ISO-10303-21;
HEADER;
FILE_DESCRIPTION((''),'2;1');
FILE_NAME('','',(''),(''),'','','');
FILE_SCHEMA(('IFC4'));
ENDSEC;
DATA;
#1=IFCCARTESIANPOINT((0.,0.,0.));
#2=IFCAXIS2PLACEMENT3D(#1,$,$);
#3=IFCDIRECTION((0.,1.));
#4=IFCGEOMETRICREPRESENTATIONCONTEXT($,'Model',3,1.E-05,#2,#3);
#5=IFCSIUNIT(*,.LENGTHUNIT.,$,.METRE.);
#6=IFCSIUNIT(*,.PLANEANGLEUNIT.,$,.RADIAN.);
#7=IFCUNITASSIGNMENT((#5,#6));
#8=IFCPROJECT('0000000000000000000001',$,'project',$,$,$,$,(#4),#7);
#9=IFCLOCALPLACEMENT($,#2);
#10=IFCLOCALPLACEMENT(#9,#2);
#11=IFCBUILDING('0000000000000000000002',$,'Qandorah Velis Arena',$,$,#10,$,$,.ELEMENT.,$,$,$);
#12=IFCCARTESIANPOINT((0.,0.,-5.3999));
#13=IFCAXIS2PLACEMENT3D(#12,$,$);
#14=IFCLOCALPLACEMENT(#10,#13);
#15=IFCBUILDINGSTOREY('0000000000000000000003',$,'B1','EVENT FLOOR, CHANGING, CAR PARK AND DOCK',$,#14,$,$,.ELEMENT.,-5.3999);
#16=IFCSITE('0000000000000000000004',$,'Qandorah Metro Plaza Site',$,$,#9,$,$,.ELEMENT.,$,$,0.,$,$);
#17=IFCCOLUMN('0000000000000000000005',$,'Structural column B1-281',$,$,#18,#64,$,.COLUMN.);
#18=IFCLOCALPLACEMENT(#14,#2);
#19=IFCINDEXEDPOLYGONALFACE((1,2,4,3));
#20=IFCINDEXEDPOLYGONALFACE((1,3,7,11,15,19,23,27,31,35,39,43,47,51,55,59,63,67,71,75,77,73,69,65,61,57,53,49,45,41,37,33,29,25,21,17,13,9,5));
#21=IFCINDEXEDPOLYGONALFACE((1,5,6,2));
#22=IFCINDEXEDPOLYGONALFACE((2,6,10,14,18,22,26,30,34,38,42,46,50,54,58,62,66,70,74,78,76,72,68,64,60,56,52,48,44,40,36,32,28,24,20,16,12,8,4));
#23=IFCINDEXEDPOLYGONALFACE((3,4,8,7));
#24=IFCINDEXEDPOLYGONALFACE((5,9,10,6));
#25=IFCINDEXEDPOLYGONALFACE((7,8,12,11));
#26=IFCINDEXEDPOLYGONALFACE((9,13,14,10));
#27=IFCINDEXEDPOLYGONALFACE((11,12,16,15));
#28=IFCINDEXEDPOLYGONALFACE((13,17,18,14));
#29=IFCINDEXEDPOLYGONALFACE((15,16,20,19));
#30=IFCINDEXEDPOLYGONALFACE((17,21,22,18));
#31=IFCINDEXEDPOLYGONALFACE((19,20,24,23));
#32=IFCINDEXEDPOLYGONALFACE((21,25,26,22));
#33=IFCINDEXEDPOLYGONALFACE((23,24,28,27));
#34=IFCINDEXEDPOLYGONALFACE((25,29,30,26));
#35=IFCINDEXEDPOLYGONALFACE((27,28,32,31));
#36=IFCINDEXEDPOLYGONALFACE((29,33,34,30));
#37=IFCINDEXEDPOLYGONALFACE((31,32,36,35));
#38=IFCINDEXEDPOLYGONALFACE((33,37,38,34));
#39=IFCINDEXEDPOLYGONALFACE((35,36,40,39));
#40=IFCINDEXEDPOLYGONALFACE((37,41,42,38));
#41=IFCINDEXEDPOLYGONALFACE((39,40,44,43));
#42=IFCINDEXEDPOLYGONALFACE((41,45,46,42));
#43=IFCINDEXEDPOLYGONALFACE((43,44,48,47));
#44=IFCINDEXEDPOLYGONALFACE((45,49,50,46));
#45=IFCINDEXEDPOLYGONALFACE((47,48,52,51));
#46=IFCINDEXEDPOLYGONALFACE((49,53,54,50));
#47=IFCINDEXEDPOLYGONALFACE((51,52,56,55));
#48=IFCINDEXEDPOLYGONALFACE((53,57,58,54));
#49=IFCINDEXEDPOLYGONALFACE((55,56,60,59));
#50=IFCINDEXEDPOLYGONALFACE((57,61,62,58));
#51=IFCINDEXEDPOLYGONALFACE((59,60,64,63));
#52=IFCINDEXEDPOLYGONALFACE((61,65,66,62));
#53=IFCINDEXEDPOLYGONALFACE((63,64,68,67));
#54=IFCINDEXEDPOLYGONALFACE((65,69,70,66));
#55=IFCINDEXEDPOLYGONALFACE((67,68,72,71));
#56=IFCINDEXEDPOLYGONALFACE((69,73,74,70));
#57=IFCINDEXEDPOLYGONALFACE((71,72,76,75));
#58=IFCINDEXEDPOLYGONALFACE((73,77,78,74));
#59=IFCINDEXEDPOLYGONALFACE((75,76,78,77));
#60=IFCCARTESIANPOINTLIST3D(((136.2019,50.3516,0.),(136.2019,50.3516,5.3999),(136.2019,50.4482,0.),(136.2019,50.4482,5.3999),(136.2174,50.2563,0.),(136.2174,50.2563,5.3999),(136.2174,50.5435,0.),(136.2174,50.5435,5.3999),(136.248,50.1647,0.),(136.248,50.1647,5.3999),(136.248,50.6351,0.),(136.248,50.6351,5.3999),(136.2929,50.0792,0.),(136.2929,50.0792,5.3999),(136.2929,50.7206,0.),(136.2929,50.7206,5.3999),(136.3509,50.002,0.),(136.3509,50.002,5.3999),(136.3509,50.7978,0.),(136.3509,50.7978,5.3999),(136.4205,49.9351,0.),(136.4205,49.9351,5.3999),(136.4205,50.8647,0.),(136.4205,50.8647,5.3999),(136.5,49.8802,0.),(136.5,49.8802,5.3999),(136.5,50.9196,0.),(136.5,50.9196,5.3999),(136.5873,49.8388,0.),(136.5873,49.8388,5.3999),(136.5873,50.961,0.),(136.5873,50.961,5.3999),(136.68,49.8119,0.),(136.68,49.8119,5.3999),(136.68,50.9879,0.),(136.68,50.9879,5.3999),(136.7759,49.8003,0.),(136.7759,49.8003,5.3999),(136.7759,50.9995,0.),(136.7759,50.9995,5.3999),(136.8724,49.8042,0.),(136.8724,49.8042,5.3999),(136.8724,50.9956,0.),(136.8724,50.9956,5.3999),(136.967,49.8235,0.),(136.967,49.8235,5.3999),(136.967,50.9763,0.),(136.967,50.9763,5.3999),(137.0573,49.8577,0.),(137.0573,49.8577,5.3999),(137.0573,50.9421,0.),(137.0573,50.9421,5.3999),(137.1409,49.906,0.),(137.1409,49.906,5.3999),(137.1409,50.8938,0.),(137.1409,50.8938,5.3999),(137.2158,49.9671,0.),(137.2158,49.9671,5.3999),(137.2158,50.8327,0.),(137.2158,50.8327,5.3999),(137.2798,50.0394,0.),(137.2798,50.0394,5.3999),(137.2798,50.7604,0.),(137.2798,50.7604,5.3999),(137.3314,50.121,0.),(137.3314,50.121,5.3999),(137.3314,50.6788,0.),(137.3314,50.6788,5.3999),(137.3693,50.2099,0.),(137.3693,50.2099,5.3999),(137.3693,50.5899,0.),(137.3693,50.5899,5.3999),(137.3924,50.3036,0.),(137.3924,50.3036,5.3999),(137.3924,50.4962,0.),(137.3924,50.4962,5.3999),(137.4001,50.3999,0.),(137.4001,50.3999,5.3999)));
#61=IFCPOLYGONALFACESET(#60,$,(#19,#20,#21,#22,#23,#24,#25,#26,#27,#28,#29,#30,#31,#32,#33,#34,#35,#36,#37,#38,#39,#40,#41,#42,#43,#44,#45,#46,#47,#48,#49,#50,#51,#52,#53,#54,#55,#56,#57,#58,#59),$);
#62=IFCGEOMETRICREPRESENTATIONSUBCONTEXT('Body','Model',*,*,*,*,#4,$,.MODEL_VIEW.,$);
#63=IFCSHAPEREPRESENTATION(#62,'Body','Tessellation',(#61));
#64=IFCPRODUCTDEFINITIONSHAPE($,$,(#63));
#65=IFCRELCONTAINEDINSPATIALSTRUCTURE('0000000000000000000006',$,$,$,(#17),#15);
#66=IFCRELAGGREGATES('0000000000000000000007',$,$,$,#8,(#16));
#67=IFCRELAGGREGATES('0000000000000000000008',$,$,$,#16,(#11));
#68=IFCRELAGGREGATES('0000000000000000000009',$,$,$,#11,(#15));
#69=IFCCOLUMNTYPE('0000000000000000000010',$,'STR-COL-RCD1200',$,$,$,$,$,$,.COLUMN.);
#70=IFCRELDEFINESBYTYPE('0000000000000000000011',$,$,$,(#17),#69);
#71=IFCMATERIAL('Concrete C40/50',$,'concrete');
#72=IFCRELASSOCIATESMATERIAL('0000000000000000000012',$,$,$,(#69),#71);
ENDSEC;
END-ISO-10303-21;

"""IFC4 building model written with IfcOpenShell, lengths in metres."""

from ifc_helpers import new_model, si_unit, direction, frame, origin, origin_2d, place, context, subcontext, project, spatial, circle, extrude, material, material_profile, profile_set, type_object, element, save


model = new_model("IFC4")

# Units and contexts
model_context = context("Model", 3, precision=1e-05, world=origin(), true_north=direction((0.0, 1.0)))
body_context = subcontext(model_context, "Body", "Model", "MODEL_VIEW")
ifc_project = project(units=[si_unit("LENGTHUNIT", "METRE"), si_unit("PLANEANGLEUNIT", "RADIAN")], contexts=[model_context])

# Site, building, storey
site_placement = place(None, origin())
site = spatial("IfcSite", under=ifc_project, at=site_placement, Name="Qandorah Metro Plaza Site", CompositionType="ELEMENT", RefElevation=0.0)
building_placement = place(site_placement, origin())
building = spatial("IfcBuilding", under=site, at=building_placement, Name="Qandorah Velis Arena", CompositionType="ELEMENT")
storey_placement = place(building_placement, frame((0.0, 0.0, -5.3999)))
storey = spatial("IfcBuildingStorey", under=building, at=storey_placement, Name="B1", Description="EVENT FLOOR, CHANGING, CAR PARK AND DOCK", CompositionType="ELEMENT", Elevation=-5.3999)

# Shared definitions
ifc_material = material(Name="Concrete C40/50", Category="concrete")

# Column
ifc_material_profile_1 = material_profile(ifc_material, circle(Radius=0.6001, at=origin_2d()), Name="RC D1200")
ifc_profile_set_1 = profile_set([ifc_material_profile_1], Name="Concrete C40/50")
column_type_1 = type_object("IfcColumnType", Name="STR-COL-RCD1200", PredefinedType="COLUMN", material=ifc_profile_set_1)
for number, where, z_axis, x_axis, name in (
    (1, (136.8, 50.3999, 0.0), (0.0, 0.0, 1.0), (1.0, 0.0, 0.0), "Structural column B1-281"),
):
    element("IfcColumn", number, at=place(storey_placement, frame(where, z_axis=z_axis, x_axis=x_axis)), inside=storey, type_object=column_type_1, Name=name, PredefinedType="COLUMN", context=body_context, shape_type="SweptSolid", body=[
        extrude(circle(Radius=0.6001, at=origin_2d()), origin(), (0.0, 0.0, 1.0), 5.3999),
    ])

save(model, "model.ifc")
